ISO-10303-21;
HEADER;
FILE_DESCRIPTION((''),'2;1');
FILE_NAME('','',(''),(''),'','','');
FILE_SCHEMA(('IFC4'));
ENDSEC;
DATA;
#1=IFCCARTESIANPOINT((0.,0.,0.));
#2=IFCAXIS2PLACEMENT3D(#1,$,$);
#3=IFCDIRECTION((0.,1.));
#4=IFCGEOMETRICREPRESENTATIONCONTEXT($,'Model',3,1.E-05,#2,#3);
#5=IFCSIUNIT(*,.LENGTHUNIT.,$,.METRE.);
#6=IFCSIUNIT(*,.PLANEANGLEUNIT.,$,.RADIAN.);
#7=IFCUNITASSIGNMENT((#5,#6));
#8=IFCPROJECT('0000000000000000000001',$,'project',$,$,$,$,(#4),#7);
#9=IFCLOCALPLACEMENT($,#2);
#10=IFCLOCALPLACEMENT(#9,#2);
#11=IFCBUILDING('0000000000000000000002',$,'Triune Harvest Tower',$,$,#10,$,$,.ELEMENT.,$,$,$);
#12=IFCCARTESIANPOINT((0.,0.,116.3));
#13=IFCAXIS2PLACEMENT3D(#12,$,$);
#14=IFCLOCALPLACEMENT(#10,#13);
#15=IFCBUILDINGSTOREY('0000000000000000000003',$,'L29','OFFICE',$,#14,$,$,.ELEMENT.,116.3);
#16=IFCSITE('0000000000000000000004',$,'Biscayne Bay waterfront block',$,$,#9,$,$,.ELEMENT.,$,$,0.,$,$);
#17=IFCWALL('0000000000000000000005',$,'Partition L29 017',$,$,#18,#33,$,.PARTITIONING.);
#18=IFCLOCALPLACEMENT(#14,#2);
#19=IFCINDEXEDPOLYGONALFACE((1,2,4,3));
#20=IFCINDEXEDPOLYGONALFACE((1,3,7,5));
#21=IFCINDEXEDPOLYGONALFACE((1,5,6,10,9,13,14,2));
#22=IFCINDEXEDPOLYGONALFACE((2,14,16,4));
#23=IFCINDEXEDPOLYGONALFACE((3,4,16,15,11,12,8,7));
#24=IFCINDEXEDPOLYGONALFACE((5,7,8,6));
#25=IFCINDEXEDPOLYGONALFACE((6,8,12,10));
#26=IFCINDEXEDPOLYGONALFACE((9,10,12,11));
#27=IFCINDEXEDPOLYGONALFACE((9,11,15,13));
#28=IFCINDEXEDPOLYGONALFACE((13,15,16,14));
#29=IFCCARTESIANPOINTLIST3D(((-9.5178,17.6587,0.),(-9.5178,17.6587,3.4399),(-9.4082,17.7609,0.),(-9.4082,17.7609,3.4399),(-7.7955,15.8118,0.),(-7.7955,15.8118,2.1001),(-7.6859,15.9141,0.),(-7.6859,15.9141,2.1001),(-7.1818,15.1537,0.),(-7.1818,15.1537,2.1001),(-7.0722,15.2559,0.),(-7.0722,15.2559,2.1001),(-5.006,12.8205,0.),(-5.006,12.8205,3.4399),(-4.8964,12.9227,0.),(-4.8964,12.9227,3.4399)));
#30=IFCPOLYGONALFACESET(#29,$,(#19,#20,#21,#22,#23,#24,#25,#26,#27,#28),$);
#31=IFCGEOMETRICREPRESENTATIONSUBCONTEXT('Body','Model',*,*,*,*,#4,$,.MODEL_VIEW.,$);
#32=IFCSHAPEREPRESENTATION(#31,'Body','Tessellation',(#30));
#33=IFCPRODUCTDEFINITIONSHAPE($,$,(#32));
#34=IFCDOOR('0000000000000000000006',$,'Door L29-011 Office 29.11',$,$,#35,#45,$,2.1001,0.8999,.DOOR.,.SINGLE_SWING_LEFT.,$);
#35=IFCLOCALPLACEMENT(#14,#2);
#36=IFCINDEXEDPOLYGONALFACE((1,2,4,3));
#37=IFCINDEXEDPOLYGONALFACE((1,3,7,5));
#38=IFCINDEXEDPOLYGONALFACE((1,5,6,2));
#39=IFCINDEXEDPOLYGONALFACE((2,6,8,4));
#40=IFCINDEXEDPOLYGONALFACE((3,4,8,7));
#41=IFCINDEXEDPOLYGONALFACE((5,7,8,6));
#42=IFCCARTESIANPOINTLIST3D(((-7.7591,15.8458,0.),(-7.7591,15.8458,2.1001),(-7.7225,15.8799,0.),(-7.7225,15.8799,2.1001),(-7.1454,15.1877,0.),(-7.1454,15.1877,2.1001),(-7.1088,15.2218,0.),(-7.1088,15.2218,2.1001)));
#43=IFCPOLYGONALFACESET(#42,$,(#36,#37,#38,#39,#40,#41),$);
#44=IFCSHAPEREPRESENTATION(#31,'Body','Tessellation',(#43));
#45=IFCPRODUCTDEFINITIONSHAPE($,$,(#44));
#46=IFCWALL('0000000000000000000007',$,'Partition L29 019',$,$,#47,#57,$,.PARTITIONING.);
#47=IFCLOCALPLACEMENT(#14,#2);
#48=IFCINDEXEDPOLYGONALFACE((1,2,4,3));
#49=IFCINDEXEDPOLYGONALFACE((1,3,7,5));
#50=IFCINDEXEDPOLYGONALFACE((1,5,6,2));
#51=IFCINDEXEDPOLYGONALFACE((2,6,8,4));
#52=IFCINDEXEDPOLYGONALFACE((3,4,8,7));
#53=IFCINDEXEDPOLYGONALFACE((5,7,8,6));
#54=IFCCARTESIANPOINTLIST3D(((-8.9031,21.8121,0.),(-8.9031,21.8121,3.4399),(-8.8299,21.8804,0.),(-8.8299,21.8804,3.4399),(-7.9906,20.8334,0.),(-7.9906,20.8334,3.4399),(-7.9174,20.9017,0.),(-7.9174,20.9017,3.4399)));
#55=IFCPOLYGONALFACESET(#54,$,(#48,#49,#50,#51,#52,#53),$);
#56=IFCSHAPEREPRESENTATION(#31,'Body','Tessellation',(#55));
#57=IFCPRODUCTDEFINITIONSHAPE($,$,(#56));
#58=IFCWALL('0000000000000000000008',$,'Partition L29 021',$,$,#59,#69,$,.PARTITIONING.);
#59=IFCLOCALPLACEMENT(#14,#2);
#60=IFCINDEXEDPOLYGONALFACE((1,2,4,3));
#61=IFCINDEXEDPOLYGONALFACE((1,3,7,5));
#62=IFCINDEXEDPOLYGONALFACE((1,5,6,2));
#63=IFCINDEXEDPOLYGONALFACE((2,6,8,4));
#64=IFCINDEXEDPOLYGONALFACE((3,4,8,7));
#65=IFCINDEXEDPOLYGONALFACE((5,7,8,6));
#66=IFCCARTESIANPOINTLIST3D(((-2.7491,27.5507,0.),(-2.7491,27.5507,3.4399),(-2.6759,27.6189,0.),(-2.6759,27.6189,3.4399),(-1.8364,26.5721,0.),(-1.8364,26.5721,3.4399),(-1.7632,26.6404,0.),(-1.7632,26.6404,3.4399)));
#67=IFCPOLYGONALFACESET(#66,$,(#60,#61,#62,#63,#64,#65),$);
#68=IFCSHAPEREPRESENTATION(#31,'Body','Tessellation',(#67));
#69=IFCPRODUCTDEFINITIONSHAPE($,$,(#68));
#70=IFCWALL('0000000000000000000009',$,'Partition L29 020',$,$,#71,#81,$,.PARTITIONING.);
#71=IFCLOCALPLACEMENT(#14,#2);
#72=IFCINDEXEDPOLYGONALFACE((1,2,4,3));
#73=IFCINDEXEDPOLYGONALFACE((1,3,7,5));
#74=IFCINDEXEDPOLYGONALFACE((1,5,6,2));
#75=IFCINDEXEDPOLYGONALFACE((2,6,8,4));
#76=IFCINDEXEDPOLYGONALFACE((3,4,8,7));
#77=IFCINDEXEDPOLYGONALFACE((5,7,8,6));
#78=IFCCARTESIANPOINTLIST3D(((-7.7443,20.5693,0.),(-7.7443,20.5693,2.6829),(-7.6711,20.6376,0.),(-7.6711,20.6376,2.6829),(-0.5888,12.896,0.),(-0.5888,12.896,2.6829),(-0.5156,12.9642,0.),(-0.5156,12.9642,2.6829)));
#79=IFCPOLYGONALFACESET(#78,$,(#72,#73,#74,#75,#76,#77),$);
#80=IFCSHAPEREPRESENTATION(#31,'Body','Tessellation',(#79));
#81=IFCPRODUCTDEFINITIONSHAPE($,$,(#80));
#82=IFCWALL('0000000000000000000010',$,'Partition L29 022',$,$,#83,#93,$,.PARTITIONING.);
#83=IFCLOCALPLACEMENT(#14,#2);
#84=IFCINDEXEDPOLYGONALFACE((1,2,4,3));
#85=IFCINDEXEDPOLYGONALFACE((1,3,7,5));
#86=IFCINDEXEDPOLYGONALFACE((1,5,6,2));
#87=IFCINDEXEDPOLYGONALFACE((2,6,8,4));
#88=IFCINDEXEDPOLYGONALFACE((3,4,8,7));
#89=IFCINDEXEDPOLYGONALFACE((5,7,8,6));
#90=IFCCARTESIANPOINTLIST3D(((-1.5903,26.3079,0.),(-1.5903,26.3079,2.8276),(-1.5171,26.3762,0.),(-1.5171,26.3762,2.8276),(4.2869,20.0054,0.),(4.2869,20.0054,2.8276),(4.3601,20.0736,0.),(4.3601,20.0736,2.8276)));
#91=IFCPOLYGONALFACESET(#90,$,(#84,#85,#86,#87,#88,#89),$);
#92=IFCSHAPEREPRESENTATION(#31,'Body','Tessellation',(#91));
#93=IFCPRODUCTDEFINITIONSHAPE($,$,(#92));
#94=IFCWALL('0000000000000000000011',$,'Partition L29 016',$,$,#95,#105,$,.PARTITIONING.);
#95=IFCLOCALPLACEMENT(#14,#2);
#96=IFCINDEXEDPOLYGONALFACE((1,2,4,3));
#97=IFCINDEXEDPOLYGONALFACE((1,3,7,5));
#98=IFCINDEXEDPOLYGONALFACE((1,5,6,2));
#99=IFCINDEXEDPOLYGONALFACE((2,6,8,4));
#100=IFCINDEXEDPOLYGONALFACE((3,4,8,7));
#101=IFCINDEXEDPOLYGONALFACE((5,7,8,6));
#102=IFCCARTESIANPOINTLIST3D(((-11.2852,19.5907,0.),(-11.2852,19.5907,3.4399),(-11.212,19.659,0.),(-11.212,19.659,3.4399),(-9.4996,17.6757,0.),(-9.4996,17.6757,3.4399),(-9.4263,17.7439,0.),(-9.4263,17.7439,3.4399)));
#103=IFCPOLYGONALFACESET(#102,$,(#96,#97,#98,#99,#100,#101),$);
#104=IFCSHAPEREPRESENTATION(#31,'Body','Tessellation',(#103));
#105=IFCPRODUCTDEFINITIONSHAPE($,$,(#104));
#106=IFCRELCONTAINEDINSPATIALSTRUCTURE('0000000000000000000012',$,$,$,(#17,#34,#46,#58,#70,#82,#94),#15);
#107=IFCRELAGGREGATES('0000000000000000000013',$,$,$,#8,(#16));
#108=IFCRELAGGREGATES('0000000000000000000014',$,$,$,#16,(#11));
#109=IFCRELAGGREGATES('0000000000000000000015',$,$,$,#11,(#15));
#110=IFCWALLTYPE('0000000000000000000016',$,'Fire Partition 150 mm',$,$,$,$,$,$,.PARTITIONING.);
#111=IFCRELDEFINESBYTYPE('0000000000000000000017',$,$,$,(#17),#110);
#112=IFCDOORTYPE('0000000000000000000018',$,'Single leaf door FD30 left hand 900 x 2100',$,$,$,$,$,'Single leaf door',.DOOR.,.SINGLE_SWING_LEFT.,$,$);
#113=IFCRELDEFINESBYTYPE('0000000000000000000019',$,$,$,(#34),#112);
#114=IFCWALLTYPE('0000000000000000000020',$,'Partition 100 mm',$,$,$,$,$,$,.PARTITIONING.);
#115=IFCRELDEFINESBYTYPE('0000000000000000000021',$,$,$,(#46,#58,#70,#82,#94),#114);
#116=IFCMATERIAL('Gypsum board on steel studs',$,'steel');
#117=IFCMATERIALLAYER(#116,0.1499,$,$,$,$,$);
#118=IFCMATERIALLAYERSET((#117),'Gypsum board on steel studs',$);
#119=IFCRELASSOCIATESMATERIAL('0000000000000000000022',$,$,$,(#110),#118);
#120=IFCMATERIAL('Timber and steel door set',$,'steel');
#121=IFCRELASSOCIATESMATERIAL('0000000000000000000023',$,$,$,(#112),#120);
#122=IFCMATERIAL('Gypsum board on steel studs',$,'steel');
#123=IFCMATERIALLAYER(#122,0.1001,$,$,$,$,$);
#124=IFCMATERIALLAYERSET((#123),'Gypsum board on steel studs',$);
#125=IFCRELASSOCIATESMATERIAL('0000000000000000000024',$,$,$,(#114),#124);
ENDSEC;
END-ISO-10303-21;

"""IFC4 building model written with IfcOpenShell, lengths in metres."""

from ifc_helpers import new_model, si_unit, direction, frame, frame_2d, origin, place, context, subcontext, project, spatial, rectangle, extrude, source, transform, mapped, material, layer, layer_set, type_object, element, fill, save


model = new_model("IFC4")

# Units and contexts
model_context = context("Model", 3, precision=1e-05, world=origin(), true_north=direction((0.0, 1.0)))
body_context = subcontext(model_context, "Body", "Model", "MODEL_VIEW")
ifc_project = project(units=[si_unit("LENGTHUNIT", "METRE"), si_unit("PLANEANGLEUNIT", "RADIAN")], contexts=[model_context])

# Site, building, storey
site_placement = place(None, origin())
site = spatial("IfcSite", under=ifc_project, at=site_placement, Name="Biscayne Bay waterfront block", CompositionType="ELEMENT", RefElevation=0.0)
building_placement = place(site_placement, origin())
building = spatial("IfcBuilding", under=site, at=building_placement, Name="Triune Harvest Tower", CompositionType="ELEMENT")
storey_placement = place(building_placement, frame((0.0, 0.0, 116.3)))
storey = spatial("IfcBuildingStorey", under=building, at=storey_placement, Name="L29", Description="OFFICE", CompositionType="ELEMENT", Elevation=116.3)

# Wall, opening, door
ifc_material_1 = material(Name="Gypsum board on steel studs", Category="steel")
ifc_layer_1 = layer(ifc_material_1, 0.1499)
ifc_layer_set_1 = layer_set([ifc_layer_1], Name="Gypsum board on steel studs")
wall_type_1 = type_object("IfcWallType", Name="Fire Partition 150 mm", PredefinedType="PARTITIONING", material=ifc_layer_set_1)
wall_1_placement = place(storey_placement, frame((-9.4629, 17.7097, 0.0), z_axis=(0.0, 0.0, 1.0), x_axis=(0.682005, -0.731347, 0.0)))
wall_1 = element("IfcWall", 1, at=wall_1_placement, inside=storey, type_object=wall_type_1, Name="Partition L29 017", PredefinedType="PARTITIONING", context=body_context, shape_type="SweptSolid", body=[
    extrude(rectangle(XDim=6.6155, YDim=0.1499, at=frame_2d((3.3076, 0.0))), origin(), (0.0, 0.0, 1.0), 3.4399),
])
opening_placement = place(wall_1_placement, frame((2.5251, 0.0, 0.0)))
opening = element("IfcOpeningElement", 2, at=opening_placement, cuts=wall_1, PredefinedType="OPENING", context=body_context, shape_type="SweptSolid", body=[
    extrude(rectangle(XDim=0.8999, YDim=2.1001, at=frame_2d((0.45, 1.05))), frame((0.0, 0.085, 0.0), z_axis=(0.0, -1.0, 0.0), x_axis=(1.0, 0.0, 0.0)), (0.0, 0.0, 1.0), 0.1699),
])
ifc_material_2 = material(Name="Timber and steel door set", Category="steel")
door_type = type_object("IfcDoorType", Name="Single leaf door FD30 left hand 900 x 2100", ElementType="Single leaf door", OperationType="SINGLE_SWING_LEFT", PredefinedType="DOOR", material=ifc_material_2)
door_placement = place(opening_placement, origin())
door = element("IfcDoor", 3, at=door_placement, inside=storey, type_object=door_type, Name="Door L29-011 Office 29.11", OperationType="SINGLE_SWING_LEFT", OverallHeight=2.1001, OverallWidth=0.8999, PredefinedType="DOOR", context=body_context, shape_type="SweptSolid", body=[
    extrude(rectangle(XDim=0.8999, YDim=2.1001, at=frame_2d((0.45, 1.05))), frame((0.0, 0.0249, 0.0), z_axis=(0.0, -1.0, 0.0), x_axis=(1.0, 0.0, 0.0)), (0.0, 0.0, 1.0), 0.05),
])
fill(opening, door)

# Walls
ifc_material_3 = material(Name="Gypsum board on steel studs", Category="steel")
ifc_layer_2 = layer(ifc_material_3, 0.1001)
ifc_layer_set_2 = layer_set([ifc_layer_2], Name="Gypsum board on steel studs")
wall_type_2 = type_object("IfcWallType", Name="Partition 100 mm", PredefinedType="PARTITIONING", material=ifc_layer_set_2)
shared_shape_1 = source(origin(), body_context, "Body", "SweptSolid", [
    extrude(rectangle(XDim=1.3381, YDim=0.1001, at=frame_2d((0.6689, 0.0))), origin(), (0.0, 0.0, 1.0), 3.4399),
])
for number, where, z_axis, x_axis, name in (
    (4, (-8.8665, 21.8462, 0.0), (0.0, 0.0, 1.0), (0.681954, -0.731395, 0.0), "Partition L29 019"),
    (5, (-2.7124, 27.5847, 0.0), (0.0, 0.0, 1.0), (0.682045, -0.73131, 0.0), "Partition L29 021"),
):
    element("IfcWall", number, at=place(storey_placement, frame(where, z_axis=z_axis, x_axis=x_axis)), inside=storey, type_object=wall_type_2, Name=name, PredefinedType="PARTITIONING", context=body_context, shape_type="MappedRepresentation", body=[
        mapped(shared_shape_1, transform((0.0, 0.0, 0.0), scale=1.0)),
    ])
shared_shape_2 = source(origin(), body_context, "Body", "SweptSolid", [
    extrude(rectangle(XDim=10.4919, YDim=0.1001, at=frame_2d((5.2461, 0.0))), origin(), (0.0, 0.0, 1.0), 2.6829),
])
wall_2_placement = place(storey_placement, frame((-7.7078, 20.6035, 0.0), z_axis=(0.0, 0.0, 1.0), x_axis=(0.681999, -0.731353, 0.0)))
element("IfcWall", 6, at=wall_2_placement, inside=storey, type_object=wall_type_2, Name="Partition L29 020", PredefinedType="PARTITIONING", context=body_context, shape_type="MappedRepresentation", body=[
    mapped(shared_shape_2, transform((0.0, 0.0, 0.0), scale=1.0)),
])
shared_shape_3 = source(origin(), body_context, "Body", "SweptSolid", [
    extrude(rectangle(XDim=8.6177, YDim=0.1001, at=frame_2d((4.3088, 0.0))), origin(), (0.0, 0.0, 1.0), 2.8276),
])
wall_3_placement = place(storey_placement, frame((-1.5537, 26.342, 0.0), z_axis=(0.0, 0.0, 1.0), x_axis=(0.682, -0.731352, 0.0)))
element("IfcWall", 7, at=wall_3_placement, inside=storey, type_object=wall_type_2, Name="Partition L29 022", PredefinedType="PARTITIONING", context=body_context, shape_type="MappedRepresentation", body=[
    mapped(shared_shape_3, transform((0.0, 0.0, 0.0), scale=1.0)),
])
shared_shape_4 = source(origin(), body_context, "Body", "SweptSolid", [
    extrude(rectangle(XDim=2.6184, YDim=0.1001, at=frame_2d((1.3091, 0.0))), origin(), (0.0, 0.0, 1.0), 3.4399),
])
wall_4_placement = place(storey_placement, frame((-11.2485, 19.6248, 0.0), z_axis=(0.0, 0.0, 1.0), x_axis=(0.681966, -0.731384, 0.0)))
element("IfcWall", 8, at=wall_4_placement, inside=storey, type_object=wall_type_2, Name="Partition L29 016", PredefinedType="PARTITIONING", context=body_context, shape_type="MappedRepresentation", body=[
    mapped(shared_shape_4, transform((0.0, 0.0, 0.0), scale=1.0)),
])

save(model, "model.ifc")
